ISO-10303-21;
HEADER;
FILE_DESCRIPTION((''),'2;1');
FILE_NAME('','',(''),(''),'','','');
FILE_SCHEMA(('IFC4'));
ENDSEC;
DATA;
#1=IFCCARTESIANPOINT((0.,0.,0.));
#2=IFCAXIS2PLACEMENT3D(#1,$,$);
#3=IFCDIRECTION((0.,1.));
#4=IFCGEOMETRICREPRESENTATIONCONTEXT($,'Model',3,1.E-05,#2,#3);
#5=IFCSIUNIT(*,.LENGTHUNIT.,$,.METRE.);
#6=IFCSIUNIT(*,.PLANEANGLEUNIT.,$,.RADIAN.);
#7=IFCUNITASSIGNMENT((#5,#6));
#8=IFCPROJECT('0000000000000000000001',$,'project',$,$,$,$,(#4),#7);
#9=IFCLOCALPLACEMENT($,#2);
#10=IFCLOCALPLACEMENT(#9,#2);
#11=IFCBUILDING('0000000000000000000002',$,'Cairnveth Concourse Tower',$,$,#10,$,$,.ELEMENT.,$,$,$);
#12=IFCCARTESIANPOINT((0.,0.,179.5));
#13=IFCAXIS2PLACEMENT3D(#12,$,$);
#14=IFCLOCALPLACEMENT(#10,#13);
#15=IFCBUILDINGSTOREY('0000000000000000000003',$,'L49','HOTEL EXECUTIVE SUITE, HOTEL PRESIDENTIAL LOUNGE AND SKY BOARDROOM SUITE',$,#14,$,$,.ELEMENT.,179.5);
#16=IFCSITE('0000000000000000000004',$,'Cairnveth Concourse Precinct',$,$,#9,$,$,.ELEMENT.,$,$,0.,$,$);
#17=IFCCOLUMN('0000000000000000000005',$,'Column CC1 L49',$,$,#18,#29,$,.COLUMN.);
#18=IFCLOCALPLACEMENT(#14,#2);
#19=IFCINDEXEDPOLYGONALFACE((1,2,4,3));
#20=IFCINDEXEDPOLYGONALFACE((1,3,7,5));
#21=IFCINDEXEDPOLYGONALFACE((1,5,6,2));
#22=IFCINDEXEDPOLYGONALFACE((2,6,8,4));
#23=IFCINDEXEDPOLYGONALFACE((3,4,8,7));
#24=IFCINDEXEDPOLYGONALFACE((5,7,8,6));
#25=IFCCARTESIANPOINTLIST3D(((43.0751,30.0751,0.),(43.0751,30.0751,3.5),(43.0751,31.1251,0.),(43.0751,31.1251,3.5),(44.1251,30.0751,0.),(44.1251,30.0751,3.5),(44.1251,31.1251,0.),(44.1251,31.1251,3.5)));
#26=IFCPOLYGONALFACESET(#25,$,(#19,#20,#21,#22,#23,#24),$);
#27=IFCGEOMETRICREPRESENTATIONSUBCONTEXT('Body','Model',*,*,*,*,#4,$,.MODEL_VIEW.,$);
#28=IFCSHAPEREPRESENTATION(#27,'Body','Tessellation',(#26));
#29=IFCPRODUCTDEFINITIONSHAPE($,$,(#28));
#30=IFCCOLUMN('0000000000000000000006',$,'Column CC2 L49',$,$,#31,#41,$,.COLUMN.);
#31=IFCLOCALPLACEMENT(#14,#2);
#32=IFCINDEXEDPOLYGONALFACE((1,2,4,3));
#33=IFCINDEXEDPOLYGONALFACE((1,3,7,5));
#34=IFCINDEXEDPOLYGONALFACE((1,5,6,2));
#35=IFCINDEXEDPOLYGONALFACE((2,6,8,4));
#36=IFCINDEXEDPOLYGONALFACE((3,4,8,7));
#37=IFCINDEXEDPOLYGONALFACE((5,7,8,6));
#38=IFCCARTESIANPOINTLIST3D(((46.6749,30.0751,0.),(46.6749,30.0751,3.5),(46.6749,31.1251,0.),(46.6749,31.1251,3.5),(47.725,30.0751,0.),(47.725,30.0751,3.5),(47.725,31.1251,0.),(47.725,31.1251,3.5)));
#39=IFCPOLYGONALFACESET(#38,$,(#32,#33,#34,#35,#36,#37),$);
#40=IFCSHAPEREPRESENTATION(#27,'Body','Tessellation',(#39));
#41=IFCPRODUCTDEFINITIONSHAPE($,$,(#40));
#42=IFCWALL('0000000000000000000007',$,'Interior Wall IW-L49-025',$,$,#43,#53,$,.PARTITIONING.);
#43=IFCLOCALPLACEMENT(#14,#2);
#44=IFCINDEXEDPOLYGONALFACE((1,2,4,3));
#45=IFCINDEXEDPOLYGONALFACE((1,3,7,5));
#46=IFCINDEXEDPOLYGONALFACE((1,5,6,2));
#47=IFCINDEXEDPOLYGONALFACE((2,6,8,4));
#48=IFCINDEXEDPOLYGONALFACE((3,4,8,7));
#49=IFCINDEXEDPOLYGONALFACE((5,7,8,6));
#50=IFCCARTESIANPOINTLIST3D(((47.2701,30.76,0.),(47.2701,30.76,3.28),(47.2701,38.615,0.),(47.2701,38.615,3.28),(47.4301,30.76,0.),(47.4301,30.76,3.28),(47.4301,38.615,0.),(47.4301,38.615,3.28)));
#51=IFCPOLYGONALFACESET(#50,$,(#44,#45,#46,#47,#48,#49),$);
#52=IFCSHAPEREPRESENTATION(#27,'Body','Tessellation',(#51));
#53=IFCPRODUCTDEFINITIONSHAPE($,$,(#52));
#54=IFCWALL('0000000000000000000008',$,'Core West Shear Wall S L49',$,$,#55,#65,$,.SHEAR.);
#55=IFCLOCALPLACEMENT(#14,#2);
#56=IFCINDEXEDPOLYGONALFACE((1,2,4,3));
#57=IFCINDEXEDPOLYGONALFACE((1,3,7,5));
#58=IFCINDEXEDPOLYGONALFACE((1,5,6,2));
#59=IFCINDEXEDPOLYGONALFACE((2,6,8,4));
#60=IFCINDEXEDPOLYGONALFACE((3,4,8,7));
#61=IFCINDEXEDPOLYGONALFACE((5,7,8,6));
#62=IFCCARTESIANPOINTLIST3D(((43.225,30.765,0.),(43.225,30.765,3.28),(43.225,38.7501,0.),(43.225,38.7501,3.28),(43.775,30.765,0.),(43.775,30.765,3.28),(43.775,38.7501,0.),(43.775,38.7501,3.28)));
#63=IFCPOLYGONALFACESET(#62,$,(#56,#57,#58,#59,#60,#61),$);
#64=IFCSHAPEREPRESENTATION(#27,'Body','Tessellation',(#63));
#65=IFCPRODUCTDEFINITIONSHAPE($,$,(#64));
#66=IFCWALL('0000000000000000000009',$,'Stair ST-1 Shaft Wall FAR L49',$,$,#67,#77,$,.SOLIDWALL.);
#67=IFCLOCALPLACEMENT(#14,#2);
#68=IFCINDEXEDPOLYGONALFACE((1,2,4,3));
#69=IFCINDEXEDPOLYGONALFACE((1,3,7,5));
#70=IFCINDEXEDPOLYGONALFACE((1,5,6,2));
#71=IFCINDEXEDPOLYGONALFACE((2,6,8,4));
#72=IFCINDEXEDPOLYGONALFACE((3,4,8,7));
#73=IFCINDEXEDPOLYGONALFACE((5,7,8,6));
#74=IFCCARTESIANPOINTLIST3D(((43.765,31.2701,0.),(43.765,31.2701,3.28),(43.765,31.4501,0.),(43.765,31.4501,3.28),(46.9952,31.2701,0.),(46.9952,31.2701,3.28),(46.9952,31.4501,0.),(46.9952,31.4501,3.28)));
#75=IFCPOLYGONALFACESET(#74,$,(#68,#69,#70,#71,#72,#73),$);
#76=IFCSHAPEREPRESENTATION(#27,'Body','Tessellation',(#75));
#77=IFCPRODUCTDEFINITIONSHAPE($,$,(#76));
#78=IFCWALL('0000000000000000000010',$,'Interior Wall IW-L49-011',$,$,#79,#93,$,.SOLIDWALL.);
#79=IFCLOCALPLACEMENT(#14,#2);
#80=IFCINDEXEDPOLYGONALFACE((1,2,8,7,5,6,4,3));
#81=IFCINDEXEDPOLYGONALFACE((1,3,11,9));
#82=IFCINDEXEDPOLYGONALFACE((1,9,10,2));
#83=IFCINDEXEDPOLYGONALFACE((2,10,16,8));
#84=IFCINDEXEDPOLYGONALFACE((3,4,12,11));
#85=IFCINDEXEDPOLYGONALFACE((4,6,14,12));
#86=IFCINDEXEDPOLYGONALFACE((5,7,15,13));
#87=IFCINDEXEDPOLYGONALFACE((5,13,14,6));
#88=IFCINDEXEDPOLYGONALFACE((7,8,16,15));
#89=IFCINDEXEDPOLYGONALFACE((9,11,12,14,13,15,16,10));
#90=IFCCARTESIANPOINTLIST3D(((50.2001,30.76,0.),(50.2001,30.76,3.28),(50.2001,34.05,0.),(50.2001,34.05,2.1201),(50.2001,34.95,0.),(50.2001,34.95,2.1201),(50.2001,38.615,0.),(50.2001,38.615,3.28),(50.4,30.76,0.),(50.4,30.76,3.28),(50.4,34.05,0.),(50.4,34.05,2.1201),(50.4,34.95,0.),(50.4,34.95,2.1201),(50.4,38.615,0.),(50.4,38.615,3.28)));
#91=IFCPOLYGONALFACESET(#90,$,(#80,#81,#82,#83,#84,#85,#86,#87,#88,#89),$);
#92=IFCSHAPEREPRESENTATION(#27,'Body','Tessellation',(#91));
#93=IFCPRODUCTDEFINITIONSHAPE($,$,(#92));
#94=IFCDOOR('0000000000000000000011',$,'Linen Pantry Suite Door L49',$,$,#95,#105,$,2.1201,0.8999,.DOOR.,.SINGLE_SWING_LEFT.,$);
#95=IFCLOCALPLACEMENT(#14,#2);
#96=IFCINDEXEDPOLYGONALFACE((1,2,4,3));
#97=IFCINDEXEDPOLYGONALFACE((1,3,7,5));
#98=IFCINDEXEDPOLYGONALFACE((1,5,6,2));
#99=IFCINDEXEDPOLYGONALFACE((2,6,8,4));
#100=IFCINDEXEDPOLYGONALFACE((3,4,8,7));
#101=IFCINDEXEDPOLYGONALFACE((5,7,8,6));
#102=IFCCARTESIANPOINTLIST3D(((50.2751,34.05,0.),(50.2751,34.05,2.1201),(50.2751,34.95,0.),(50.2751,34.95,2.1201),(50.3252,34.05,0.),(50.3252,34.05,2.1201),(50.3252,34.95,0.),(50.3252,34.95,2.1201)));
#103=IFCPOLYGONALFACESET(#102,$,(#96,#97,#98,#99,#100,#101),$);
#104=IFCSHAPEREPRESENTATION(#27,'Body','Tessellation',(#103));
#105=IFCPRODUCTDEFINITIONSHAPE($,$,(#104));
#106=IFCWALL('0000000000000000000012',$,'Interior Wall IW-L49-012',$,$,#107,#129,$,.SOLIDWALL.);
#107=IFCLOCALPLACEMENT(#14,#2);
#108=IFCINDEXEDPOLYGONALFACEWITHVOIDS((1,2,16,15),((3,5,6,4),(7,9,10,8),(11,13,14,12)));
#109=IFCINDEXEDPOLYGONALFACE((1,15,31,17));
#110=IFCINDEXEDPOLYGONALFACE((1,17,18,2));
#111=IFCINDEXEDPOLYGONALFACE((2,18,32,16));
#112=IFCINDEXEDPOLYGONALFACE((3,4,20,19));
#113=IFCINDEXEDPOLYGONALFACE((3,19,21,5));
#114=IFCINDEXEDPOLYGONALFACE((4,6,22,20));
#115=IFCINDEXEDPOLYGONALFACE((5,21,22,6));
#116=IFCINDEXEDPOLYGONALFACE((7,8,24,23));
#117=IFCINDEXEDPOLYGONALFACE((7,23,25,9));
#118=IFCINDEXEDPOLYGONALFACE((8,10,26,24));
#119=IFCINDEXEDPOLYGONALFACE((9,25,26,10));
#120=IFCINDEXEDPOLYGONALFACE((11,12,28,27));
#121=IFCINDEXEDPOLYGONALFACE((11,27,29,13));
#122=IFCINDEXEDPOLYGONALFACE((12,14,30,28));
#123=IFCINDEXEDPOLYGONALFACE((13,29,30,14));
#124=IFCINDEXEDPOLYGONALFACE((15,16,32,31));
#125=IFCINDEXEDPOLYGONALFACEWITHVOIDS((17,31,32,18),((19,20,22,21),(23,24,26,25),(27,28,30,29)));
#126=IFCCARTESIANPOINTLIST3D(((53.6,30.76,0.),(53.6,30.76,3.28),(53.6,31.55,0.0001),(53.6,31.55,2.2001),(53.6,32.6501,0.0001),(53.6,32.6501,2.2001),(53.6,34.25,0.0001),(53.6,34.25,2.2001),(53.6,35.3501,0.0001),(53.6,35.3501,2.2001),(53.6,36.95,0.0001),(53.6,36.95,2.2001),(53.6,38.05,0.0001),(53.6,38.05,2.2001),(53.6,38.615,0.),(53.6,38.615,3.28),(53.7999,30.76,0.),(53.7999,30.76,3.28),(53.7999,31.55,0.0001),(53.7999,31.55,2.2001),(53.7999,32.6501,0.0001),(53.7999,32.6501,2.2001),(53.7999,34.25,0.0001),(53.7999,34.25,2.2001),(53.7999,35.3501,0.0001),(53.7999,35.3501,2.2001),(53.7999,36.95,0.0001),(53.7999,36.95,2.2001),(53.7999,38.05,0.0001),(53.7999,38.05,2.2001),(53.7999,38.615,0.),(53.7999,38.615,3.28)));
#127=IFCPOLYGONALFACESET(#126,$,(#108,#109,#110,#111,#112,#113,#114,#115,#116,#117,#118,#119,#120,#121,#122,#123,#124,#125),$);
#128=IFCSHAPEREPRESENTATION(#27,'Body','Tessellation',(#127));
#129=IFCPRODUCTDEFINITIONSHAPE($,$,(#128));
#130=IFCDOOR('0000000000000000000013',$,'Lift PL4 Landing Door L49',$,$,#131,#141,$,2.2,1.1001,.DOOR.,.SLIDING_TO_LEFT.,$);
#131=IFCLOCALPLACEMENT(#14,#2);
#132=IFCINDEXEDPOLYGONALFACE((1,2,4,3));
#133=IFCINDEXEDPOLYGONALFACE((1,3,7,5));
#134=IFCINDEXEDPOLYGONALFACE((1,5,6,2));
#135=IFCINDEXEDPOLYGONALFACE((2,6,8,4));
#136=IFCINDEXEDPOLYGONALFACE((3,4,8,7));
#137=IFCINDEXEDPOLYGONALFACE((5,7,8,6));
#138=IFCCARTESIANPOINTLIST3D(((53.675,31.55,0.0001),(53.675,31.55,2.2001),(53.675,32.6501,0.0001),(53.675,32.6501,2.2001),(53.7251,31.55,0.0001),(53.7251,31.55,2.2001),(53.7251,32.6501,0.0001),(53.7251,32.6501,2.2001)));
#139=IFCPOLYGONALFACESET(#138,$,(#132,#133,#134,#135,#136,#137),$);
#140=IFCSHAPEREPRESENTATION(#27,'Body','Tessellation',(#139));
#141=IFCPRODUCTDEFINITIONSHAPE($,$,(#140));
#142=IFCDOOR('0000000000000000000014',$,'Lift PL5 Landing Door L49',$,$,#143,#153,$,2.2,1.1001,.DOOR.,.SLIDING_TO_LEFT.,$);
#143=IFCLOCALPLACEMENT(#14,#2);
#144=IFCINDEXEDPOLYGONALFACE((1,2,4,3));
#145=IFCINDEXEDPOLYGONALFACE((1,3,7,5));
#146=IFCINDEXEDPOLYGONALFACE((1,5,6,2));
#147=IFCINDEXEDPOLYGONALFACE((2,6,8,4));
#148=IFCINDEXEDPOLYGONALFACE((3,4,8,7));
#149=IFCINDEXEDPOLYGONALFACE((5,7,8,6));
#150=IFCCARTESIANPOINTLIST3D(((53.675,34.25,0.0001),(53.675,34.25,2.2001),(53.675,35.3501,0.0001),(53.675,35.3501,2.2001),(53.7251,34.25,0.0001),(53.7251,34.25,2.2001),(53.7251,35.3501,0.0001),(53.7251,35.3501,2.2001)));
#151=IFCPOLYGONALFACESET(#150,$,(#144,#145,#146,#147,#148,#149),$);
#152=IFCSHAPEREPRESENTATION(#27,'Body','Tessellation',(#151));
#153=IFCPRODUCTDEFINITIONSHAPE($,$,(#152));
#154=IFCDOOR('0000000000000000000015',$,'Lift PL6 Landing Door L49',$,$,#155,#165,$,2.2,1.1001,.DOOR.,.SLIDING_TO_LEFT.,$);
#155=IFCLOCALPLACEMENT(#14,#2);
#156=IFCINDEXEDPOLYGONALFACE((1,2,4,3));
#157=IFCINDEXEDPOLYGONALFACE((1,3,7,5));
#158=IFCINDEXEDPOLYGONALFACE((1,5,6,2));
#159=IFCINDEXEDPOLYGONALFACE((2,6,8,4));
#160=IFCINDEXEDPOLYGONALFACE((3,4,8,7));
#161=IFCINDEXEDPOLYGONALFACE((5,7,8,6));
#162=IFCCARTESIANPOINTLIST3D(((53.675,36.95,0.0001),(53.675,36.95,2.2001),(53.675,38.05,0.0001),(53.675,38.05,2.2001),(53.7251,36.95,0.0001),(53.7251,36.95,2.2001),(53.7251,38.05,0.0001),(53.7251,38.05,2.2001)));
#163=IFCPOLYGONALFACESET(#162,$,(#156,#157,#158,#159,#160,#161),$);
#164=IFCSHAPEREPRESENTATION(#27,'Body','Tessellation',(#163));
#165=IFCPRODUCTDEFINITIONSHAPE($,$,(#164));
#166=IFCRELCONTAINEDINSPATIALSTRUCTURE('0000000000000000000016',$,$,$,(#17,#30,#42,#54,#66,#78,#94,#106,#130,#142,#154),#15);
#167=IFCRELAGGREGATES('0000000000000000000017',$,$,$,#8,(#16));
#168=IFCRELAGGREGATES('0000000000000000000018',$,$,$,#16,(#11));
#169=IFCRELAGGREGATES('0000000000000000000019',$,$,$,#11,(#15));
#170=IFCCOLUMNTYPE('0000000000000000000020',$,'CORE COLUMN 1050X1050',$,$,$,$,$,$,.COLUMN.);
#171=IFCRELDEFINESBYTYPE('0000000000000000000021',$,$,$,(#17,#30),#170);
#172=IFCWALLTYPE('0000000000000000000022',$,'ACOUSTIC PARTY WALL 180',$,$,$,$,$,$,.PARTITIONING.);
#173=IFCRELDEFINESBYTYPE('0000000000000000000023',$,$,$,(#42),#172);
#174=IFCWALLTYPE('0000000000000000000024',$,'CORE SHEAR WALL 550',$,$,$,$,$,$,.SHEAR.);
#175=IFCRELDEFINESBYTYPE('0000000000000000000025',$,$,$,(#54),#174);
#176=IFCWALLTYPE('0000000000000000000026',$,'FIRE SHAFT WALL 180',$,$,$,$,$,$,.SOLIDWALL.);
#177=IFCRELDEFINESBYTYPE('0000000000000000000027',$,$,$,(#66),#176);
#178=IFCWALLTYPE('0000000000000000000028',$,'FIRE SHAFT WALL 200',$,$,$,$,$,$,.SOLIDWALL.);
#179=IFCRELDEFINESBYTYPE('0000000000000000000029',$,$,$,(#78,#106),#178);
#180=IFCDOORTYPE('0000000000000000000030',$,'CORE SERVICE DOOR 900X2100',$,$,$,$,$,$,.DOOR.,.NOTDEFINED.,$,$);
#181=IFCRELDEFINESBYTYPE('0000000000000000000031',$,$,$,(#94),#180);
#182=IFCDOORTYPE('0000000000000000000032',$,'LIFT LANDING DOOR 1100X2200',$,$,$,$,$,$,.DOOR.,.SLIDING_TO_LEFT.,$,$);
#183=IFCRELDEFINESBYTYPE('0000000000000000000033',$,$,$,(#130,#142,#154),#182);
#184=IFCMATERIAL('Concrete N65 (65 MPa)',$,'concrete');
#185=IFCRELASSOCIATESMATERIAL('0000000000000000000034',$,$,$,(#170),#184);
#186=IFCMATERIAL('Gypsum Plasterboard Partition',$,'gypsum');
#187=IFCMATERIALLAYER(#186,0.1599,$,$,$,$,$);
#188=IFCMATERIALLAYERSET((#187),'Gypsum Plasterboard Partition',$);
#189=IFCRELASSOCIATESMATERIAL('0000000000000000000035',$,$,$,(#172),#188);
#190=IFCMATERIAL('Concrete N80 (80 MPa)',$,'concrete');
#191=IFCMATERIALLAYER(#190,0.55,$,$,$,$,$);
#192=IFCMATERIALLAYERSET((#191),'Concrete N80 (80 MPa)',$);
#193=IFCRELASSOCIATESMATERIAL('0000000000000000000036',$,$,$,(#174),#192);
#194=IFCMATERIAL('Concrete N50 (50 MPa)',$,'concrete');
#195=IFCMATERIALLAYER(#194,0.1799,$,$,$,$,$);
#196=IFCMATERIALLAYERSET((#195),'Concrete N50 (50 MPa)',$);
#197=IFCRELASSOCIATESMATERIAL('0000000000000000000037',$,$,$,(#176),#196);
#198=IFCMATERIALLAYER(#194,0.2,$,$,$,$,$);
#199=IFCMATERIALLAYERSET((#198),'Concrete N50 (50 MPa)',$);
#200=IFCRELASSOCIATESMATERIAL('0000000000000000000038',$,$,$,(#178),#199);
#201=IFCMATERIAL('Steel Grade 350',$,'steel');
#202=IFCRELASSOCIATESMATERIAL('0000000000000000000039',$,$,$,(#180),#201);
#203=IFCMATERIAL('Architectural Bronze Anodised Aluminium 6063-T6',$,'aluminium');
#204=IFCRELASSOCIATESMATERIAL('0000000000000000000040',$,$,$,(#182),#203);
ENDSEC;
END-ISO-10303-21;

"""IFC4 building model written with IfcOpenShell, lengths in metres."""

from ifc_helpers import new_model, si_unit, direction, frame, frame_2d, origin, origin_2d, place, context, subcontext, project, spatial, rectangle, extrude, material, layer, layer_set, material_profile, profile_set, type_object, element, fill, save


model = new_model("IFC4")

# Units and contexts
model_context = context("Model", 3, precision=1e-05, world=origin(), true_north=direction((0.0, 1.0)))
body_context = subcontext(model_context, "Body", "Model", "MODEL_VIEW")
ifc_project = project(units=[si_unit("LENGTHUNIT", "METRE"), si_unit("PLANEANGLEUNIT", "RADIAN")], contexts=[model_context])

# Site, building, storey
site_placement = place(None, origin())
site = spatial("IfcSite", under=ifc_project, at=site_placement, Name="Cairnveth Concourse Precinct", CompositionType="ELEMENT", RefElevation=0.0)
building_placement = place(site_placement, origin())
building = spatial("IfcBuilding", under=site, at=building_placement, Name="Cairnveth Concourse Tower", CompositionType="ELEMENT")
storey_placement = place(building_placement, frame((0.0, 0.0, 179.5)))
storey = spatial("IfcBuildingStorey", under=building, at=storey_placement, Name="L49", Description="HOTEL EXECUTIVE SUITE, HOTEL PRESIDENTIAL LOUNGE AND SKY BOARDROOM SUITE", CompositionType="ELEMENT", Elevation=179.5)

# Columns
ifc_material_1 = material(Name="Concrete N65 (65 MPa)", Category="concrete")
ifc_material_profile = material_profile(ifc_material_1, rectangle(XDim=1.05, YDim=1.05, at=origin_2d()), Name="RC-COL-1050x1050")
ifc_profile_set = profile_set([ifc_material_profile], Name="Concrete N65 (65 MPa)")
column_type = type_object("IfcColumnType", Name="CORE COLUMN 1050X1050", PredefinedType="COLUMN", material=ifc_profile_set)
for number, where, z_axis, x_axis, name in (
    (1, (43.6001, 30.6001, 0.0), (0.0, 0.0, 1.0), (1.0, 0.0, 0.0), "Column CC1 L49"),
    (2, (47.2, 30.6001, 0.0), (0.0, 0.0, 1.0), (1.0, 0.0, 0.0), "Column CC2 L49"),
):
    element("IfcColumn", number, at=place(storey_placement, frame(where, z_axis=z_axis, x_axis=x_axis)), inside=storey, type_object=column_type, Name=name, PredefinedType="COLUMN", context=body_context, shape_type="SweptSolid", body=[
        extrude(rectangle(XDim=1.05, YDim=1.05, at=origin_2d()), origin(), (0.0, 0.0, 1.0), 3.5),
    ])

# Walls
ifc_material_2 = material(Name="Gypsum Plasterboard Partition", Category="gypsum")
ifc_layer_1 = layer(ifc_material_2, 0.1599)
ifc_layer_set_1 = layer_set([ifc_layer_1], Name="Gypsum Plasterboard Partition")
wall_type_1 = type_object("IfcWallType", Name="ACOUSTIC PARTY WALL 180", PredefinedType="PARTITIONING", material=ifc_layer_set_1)
wall_1_placement = place(storey_placement, frame((47.3501, 30.76, 0.0), z_axis=(0.0, 0.0, 1.0), x_axis=(0.0, 1.0, 0.0)))
element("IfcWall", 3, at=wall_1_placement, inside=storey, type_object=wall_type_1, Name="Interior Wall IW-L49-025", PredefinedType="PARTITIONING", context=body_context, shape_type="SweptSolid", body=[
    extrude(rectangle(XDim=7.855, YDim=0.1599, at=frame_2d((3.9275, 0.0))), origin(), (0.0, 0.0, 1.0), 3.28),
])
ifc_material_3 = material(Name="Concrete N80 (80 MPa)", Category="concrete")
ifc_layer_2 = layer(ifc_material_3, 0.55)
ifc_layer_set_2 = layer_set([ifc_layer_2], Name="Concrete N80 (80 MPa)")
wall_type_2 = type_object("IfcWallType", Name="CORE SHEAR WALL 550", PredefinedType="SHEAR", material=ifc_layer_set_2)
wall_2_placement = place(storey_placement, frame((43.5, 30.7649, 0.0), z_axis=(0.0, 0.0, 1.0), x_axis=(0.0, 1.0, 0.0)))
element("IfcWall", 4, at=wall_2_placement, inside=storey, type_object=wall_type_2, Name="Core West Shear Wall S L49", PredefinedType="SHEAR", context=body_context, shape_type="SweptSolid", body=[
    extrude(rectangle(XDim=7.9851, YDim=0.55, at=frame_2d((3.9927, 0.0))), origin(), (0.0, 0.0, 1.0), 3.28),
])
ifc_material_4 = material(Name="Concrete N50 (50 MPa)", Category="concrete")
ifc_layer_3 = layer(ifc_material_4, 0.1799)
ifc_layer_set_3 = layer_set([ifc_layer_3], Name="Concrete N50 (50 MPa)")
wall_type_3 = type_object("IfcWallType", Name="FIRE SHAFT WALL 180", PredefinedType="SOLIDWALL", material=ifc_layer_set_3)
wall_3_placement = place(storey_placement, frame((43.7649, 31.3601, 0.0), z_axis=(0.0, 0.0, 1.0), x_axis=(1.0, 0.0, 0.0)))
element("IfcWall", 5, at=wall_3_placement, inside=storey, type_object=wall_type_3, Name="Stair ST-1 Shaft Wall FAR L49", PredefinedType="SOLIDWALL", context=body_context, shape_type="SweptSolid", body=[
    extrude(rectangle(XDim=3.2302, YDim=0.1799, at=frame_2d((1.6152, 0.0))), origin(), (0.0, 0.0, 1.0), 3.28),
])

# Wall, opening, door
ifc_layer_4 = layer(ifc_material_4, 0.2)
ifc_layer_set_4 = layer_set([ifc_layer_4], Name="Concrete N50 (50 MPa)")
wall_type_4 = type_object("IfcWallType", Name="FIRE SHAFT WALL 200", PredefinedType="SOLIDWALL", material=ifc_layer_set_4)
wall_4_placement = place(storey_placement, frame((50.3, 30.76, 0.0), z_axis=(0.0, 0.0, 1.0), x_axis=(0.0, 1.0, 0.0)))
wall_4 = element("IfcWall", 6, at=wall_4_placement, inside=storey, type_object=wall_type_4, Name="Interior Wall IW-L49-011", PredefinedType="SOLIDWALL", context=body_context, shape_type="SweptSolid", body=[
    extrude(rectangle(XDim=7.855, YDim=0.2, at=frame_2d((3.9275, 0.0))), origin(), (0.0, 0.0, 1.0), 3.28),
])
opening_1_placement = place(wall_4_placement, frame((3.29, 0.0, 0.0)))
opening_1 = element("IfcOpeningElement", 7, at=opening_1_placement, cuts=wall_4, PredefinedType="OPENING", context=body_context, shape_type="SweptSolid", body=[
    extrude(rectangle(XDim=0.8999, YDim=2.1201, at=frame_2d((0.45, 1.0601))), frame((0.0, 0.1099, 0.0), z_axis=(0.0, -1.0, 0.0), x_axis=(1.0, 0.0, 0.0)), (0.0, 0.0, 1.0), 0.22),
])
ifc_material_5 = material(Name="Steel Grade 350", Category="steel")
door_type_1 = type_object("IfcDoorType", Name="CORE SERVICE DOOR 900X2100", OperationType="NOTDEFINED", PredefinedType="DOOR", material=ifc_material_5)
door_1_placement = place(opening_1_placement, origin())
door_1 = element("IfcDoor", 8, at=door_1_placement, inside=storey, type_object=door_type_1, Name="Linen Pantry Suite Door L49", OperationType="SINGLE_SWING_LEFT", OverallHeight=2.1201, OverallWidth=0.8999, PredefinedType="DOOR", context=body_context, shape_type="SweptSolid", body=[
    extrude(rectangle(XDim=0.8999, YDim=2.1201, at=frame_2d((0.45, 1.0601))), frame((0.0, 0.0249, 0.0), z_axis=(0.0, -1.0, 0.0), x_axis=(1.0, 0.0, 0.0)), (0.0, 0.0, 1.0), 0.05),
])
fill(opening_1, door_1)

# Wall, openings, doors
wall_5_placement = place(storey_placement, frame((53.7, 30.76, 0.0), z_axis=(0.0, 0.0, 1.0), x_axis=(0.0, 1.0, 0.0)))
wall_5 = element("IfcWall", 9, at=wall_5_placement, inside=storey, type_object=wall_type_4, Name="Interior Wall IW-L49-012", PredefinedType="SOLIDWALL", context=body_context, shape_type="SweptSolid", body=[
    extrude(rectangle(XDim=7.855, YDim=0.2, at=frame_2d((3.9275, 0.0))), origin(), (0.0, 0.0, 1.0), 3.28),
])
opening_2_placement = place(wall_5_placement, frame((0.79, 0.0, 0.0)))
opening_2 = element("IfcOpeningElement", 10, at=opening_2_placement, cuts=wall_5, PredefinedType="OPENING", context=body_context, shape_type="SweptSolid", body=[
    extrude(rectangle(XDim=1.1001, YDim=2.2, at=frame_2d((0.55, 1.1001))), frame((0.0, 0.1099, 0.0), z_axis=(0.0, -1.0, 0.0), x_axis=(1.0, 0.0, 0.0)), (0.0, 0.0, 1.0), 0.22),
])
opening_3_placement = place(wall_5_placement, frame((3.49, 0.0, 0.0)))
opening_3 = element("IfcOpeningElement", 11, at=opening_3_placement, cuts=wall_5, PredefinedType="OPENING", context=body_context, shape_type="SweptSolid", body=[
    extrude(rectangle(XDim=1.1001, YDim=2.2, at=frame_2d((0.55, 1.1001))), frame((0.0, 0.1099, 0.0), z_axis=(0.0, -1.0, 0.0), x_axis=(1.0, 0.0, 0.0)), (0.0, 0.0, 1.0), 0.22),
])
opening_4_placement = place(wall_5_placement, frame((6.1899, 0.0, 0.0)))
opening_4 = element("IfcOpeningElement", 12, at=opening_4_placement, cuts=wall_5, PredefinedType="OPENING", context=body_context, shape_type="SweptSolid", body=[
    extrude(rectangle(XDim=1.1001, YDim=2.2, at=frame_2d((0.55, 1.1001))), frame((0.0, 0.1099, 0.0), z_axis=(0.0, -1.0, 0.0), x_axis=(1.0, 0.0, 0.0)), (0.0, 0.0, 1.0), 0.22),
])
ifc_material_6 = material(Name="Architectural Bronze Anodised Aluminium 6063-T6", Category="aluminium")
door_type_2 = type_object("IfcDoorType", Name="LIFT LANDING DOOR 1100X2200", OperationType="SLIDING_TO_LEFT", PredefinedType="DOOR", material=ifc_material_6)
door_2_placement = place(opening_2_placement, origin())
door_2 = element("IfcDoor", 13, at=door_2_placement, inside=storey, type_object=door_type_2, Name="Lift PL4 Landing Door L49", OperationType="SLIDING_TO_LEFT", OverallHeight=2.2, OverallWidth=1.1001, PredefinedType="DOOR", context=body_context, shape_type="SweptSolid", body=[
    extrude(rectangle(XDim=1.1001, YDim=2.2, at=frame_2d((0.55, 1.1001))), frame((0.0, 0.0249, 0.0), z_axis=(0.0, -1.0, 0.0), x_axis=(1.0, 0.0, 0.0)), (0.0, 0.0, 1.0), 0.05),
])
fill(opening_2, door_2)
door_3_placement = place(opening_3_placement, origin())
door_3 = element("IfcDoor", 14, at=door_3_placement, inside=storey, type_object=door_type_2, Name="Lift PL5 Landing Door L49", OperationType="SLIDING_TO_LEFT", OverallHeight=2.2, OverallWidth=1.1001, PredefinedType="DOOR", context=body_context, shape_type="SweptSolid", body=[
    extrude(rectangle(XDim=1.1001, YDim=2.2, at=frame_2d((0.55, 1.1001))), frame((0.0, 0.0249, 0.0), z_axis=(0.0, -1.0, 0.0), x_axis=(1.0, 0.0, 0.0)), (0.0, 0.0, 1.0), 0.05),
])
fill(opening_3, door_3)
door_4_placement = place(opening_4_placement, origin())
door_4 = element("IfcDoor", 15, at=door_4_placement, inside=storey, type_object=door_type_2, Name="Lift PL6 Landing Door L49", OperationType="SLIDING_TO_LEFT", OverallHeight=2.2, OverallWidth=1.1001, PredefinedType="DOOR", context=body_context, shape_type="SweptSolid", body=[
    extrude(rectangle(XDim=1.1001, YDim=2.2, at=frame_2d((0.55, 1.1001))), frame((0.0, 0.0249, 0.0), z_axis=(0.0, -1.0, 0.0), x_axis=(1.0, 0.0, 0.0)), (0.0, 0.0, 1.0), 0.05),
])
fill(opening_4, door_4)

save(model, "model.ifc")
